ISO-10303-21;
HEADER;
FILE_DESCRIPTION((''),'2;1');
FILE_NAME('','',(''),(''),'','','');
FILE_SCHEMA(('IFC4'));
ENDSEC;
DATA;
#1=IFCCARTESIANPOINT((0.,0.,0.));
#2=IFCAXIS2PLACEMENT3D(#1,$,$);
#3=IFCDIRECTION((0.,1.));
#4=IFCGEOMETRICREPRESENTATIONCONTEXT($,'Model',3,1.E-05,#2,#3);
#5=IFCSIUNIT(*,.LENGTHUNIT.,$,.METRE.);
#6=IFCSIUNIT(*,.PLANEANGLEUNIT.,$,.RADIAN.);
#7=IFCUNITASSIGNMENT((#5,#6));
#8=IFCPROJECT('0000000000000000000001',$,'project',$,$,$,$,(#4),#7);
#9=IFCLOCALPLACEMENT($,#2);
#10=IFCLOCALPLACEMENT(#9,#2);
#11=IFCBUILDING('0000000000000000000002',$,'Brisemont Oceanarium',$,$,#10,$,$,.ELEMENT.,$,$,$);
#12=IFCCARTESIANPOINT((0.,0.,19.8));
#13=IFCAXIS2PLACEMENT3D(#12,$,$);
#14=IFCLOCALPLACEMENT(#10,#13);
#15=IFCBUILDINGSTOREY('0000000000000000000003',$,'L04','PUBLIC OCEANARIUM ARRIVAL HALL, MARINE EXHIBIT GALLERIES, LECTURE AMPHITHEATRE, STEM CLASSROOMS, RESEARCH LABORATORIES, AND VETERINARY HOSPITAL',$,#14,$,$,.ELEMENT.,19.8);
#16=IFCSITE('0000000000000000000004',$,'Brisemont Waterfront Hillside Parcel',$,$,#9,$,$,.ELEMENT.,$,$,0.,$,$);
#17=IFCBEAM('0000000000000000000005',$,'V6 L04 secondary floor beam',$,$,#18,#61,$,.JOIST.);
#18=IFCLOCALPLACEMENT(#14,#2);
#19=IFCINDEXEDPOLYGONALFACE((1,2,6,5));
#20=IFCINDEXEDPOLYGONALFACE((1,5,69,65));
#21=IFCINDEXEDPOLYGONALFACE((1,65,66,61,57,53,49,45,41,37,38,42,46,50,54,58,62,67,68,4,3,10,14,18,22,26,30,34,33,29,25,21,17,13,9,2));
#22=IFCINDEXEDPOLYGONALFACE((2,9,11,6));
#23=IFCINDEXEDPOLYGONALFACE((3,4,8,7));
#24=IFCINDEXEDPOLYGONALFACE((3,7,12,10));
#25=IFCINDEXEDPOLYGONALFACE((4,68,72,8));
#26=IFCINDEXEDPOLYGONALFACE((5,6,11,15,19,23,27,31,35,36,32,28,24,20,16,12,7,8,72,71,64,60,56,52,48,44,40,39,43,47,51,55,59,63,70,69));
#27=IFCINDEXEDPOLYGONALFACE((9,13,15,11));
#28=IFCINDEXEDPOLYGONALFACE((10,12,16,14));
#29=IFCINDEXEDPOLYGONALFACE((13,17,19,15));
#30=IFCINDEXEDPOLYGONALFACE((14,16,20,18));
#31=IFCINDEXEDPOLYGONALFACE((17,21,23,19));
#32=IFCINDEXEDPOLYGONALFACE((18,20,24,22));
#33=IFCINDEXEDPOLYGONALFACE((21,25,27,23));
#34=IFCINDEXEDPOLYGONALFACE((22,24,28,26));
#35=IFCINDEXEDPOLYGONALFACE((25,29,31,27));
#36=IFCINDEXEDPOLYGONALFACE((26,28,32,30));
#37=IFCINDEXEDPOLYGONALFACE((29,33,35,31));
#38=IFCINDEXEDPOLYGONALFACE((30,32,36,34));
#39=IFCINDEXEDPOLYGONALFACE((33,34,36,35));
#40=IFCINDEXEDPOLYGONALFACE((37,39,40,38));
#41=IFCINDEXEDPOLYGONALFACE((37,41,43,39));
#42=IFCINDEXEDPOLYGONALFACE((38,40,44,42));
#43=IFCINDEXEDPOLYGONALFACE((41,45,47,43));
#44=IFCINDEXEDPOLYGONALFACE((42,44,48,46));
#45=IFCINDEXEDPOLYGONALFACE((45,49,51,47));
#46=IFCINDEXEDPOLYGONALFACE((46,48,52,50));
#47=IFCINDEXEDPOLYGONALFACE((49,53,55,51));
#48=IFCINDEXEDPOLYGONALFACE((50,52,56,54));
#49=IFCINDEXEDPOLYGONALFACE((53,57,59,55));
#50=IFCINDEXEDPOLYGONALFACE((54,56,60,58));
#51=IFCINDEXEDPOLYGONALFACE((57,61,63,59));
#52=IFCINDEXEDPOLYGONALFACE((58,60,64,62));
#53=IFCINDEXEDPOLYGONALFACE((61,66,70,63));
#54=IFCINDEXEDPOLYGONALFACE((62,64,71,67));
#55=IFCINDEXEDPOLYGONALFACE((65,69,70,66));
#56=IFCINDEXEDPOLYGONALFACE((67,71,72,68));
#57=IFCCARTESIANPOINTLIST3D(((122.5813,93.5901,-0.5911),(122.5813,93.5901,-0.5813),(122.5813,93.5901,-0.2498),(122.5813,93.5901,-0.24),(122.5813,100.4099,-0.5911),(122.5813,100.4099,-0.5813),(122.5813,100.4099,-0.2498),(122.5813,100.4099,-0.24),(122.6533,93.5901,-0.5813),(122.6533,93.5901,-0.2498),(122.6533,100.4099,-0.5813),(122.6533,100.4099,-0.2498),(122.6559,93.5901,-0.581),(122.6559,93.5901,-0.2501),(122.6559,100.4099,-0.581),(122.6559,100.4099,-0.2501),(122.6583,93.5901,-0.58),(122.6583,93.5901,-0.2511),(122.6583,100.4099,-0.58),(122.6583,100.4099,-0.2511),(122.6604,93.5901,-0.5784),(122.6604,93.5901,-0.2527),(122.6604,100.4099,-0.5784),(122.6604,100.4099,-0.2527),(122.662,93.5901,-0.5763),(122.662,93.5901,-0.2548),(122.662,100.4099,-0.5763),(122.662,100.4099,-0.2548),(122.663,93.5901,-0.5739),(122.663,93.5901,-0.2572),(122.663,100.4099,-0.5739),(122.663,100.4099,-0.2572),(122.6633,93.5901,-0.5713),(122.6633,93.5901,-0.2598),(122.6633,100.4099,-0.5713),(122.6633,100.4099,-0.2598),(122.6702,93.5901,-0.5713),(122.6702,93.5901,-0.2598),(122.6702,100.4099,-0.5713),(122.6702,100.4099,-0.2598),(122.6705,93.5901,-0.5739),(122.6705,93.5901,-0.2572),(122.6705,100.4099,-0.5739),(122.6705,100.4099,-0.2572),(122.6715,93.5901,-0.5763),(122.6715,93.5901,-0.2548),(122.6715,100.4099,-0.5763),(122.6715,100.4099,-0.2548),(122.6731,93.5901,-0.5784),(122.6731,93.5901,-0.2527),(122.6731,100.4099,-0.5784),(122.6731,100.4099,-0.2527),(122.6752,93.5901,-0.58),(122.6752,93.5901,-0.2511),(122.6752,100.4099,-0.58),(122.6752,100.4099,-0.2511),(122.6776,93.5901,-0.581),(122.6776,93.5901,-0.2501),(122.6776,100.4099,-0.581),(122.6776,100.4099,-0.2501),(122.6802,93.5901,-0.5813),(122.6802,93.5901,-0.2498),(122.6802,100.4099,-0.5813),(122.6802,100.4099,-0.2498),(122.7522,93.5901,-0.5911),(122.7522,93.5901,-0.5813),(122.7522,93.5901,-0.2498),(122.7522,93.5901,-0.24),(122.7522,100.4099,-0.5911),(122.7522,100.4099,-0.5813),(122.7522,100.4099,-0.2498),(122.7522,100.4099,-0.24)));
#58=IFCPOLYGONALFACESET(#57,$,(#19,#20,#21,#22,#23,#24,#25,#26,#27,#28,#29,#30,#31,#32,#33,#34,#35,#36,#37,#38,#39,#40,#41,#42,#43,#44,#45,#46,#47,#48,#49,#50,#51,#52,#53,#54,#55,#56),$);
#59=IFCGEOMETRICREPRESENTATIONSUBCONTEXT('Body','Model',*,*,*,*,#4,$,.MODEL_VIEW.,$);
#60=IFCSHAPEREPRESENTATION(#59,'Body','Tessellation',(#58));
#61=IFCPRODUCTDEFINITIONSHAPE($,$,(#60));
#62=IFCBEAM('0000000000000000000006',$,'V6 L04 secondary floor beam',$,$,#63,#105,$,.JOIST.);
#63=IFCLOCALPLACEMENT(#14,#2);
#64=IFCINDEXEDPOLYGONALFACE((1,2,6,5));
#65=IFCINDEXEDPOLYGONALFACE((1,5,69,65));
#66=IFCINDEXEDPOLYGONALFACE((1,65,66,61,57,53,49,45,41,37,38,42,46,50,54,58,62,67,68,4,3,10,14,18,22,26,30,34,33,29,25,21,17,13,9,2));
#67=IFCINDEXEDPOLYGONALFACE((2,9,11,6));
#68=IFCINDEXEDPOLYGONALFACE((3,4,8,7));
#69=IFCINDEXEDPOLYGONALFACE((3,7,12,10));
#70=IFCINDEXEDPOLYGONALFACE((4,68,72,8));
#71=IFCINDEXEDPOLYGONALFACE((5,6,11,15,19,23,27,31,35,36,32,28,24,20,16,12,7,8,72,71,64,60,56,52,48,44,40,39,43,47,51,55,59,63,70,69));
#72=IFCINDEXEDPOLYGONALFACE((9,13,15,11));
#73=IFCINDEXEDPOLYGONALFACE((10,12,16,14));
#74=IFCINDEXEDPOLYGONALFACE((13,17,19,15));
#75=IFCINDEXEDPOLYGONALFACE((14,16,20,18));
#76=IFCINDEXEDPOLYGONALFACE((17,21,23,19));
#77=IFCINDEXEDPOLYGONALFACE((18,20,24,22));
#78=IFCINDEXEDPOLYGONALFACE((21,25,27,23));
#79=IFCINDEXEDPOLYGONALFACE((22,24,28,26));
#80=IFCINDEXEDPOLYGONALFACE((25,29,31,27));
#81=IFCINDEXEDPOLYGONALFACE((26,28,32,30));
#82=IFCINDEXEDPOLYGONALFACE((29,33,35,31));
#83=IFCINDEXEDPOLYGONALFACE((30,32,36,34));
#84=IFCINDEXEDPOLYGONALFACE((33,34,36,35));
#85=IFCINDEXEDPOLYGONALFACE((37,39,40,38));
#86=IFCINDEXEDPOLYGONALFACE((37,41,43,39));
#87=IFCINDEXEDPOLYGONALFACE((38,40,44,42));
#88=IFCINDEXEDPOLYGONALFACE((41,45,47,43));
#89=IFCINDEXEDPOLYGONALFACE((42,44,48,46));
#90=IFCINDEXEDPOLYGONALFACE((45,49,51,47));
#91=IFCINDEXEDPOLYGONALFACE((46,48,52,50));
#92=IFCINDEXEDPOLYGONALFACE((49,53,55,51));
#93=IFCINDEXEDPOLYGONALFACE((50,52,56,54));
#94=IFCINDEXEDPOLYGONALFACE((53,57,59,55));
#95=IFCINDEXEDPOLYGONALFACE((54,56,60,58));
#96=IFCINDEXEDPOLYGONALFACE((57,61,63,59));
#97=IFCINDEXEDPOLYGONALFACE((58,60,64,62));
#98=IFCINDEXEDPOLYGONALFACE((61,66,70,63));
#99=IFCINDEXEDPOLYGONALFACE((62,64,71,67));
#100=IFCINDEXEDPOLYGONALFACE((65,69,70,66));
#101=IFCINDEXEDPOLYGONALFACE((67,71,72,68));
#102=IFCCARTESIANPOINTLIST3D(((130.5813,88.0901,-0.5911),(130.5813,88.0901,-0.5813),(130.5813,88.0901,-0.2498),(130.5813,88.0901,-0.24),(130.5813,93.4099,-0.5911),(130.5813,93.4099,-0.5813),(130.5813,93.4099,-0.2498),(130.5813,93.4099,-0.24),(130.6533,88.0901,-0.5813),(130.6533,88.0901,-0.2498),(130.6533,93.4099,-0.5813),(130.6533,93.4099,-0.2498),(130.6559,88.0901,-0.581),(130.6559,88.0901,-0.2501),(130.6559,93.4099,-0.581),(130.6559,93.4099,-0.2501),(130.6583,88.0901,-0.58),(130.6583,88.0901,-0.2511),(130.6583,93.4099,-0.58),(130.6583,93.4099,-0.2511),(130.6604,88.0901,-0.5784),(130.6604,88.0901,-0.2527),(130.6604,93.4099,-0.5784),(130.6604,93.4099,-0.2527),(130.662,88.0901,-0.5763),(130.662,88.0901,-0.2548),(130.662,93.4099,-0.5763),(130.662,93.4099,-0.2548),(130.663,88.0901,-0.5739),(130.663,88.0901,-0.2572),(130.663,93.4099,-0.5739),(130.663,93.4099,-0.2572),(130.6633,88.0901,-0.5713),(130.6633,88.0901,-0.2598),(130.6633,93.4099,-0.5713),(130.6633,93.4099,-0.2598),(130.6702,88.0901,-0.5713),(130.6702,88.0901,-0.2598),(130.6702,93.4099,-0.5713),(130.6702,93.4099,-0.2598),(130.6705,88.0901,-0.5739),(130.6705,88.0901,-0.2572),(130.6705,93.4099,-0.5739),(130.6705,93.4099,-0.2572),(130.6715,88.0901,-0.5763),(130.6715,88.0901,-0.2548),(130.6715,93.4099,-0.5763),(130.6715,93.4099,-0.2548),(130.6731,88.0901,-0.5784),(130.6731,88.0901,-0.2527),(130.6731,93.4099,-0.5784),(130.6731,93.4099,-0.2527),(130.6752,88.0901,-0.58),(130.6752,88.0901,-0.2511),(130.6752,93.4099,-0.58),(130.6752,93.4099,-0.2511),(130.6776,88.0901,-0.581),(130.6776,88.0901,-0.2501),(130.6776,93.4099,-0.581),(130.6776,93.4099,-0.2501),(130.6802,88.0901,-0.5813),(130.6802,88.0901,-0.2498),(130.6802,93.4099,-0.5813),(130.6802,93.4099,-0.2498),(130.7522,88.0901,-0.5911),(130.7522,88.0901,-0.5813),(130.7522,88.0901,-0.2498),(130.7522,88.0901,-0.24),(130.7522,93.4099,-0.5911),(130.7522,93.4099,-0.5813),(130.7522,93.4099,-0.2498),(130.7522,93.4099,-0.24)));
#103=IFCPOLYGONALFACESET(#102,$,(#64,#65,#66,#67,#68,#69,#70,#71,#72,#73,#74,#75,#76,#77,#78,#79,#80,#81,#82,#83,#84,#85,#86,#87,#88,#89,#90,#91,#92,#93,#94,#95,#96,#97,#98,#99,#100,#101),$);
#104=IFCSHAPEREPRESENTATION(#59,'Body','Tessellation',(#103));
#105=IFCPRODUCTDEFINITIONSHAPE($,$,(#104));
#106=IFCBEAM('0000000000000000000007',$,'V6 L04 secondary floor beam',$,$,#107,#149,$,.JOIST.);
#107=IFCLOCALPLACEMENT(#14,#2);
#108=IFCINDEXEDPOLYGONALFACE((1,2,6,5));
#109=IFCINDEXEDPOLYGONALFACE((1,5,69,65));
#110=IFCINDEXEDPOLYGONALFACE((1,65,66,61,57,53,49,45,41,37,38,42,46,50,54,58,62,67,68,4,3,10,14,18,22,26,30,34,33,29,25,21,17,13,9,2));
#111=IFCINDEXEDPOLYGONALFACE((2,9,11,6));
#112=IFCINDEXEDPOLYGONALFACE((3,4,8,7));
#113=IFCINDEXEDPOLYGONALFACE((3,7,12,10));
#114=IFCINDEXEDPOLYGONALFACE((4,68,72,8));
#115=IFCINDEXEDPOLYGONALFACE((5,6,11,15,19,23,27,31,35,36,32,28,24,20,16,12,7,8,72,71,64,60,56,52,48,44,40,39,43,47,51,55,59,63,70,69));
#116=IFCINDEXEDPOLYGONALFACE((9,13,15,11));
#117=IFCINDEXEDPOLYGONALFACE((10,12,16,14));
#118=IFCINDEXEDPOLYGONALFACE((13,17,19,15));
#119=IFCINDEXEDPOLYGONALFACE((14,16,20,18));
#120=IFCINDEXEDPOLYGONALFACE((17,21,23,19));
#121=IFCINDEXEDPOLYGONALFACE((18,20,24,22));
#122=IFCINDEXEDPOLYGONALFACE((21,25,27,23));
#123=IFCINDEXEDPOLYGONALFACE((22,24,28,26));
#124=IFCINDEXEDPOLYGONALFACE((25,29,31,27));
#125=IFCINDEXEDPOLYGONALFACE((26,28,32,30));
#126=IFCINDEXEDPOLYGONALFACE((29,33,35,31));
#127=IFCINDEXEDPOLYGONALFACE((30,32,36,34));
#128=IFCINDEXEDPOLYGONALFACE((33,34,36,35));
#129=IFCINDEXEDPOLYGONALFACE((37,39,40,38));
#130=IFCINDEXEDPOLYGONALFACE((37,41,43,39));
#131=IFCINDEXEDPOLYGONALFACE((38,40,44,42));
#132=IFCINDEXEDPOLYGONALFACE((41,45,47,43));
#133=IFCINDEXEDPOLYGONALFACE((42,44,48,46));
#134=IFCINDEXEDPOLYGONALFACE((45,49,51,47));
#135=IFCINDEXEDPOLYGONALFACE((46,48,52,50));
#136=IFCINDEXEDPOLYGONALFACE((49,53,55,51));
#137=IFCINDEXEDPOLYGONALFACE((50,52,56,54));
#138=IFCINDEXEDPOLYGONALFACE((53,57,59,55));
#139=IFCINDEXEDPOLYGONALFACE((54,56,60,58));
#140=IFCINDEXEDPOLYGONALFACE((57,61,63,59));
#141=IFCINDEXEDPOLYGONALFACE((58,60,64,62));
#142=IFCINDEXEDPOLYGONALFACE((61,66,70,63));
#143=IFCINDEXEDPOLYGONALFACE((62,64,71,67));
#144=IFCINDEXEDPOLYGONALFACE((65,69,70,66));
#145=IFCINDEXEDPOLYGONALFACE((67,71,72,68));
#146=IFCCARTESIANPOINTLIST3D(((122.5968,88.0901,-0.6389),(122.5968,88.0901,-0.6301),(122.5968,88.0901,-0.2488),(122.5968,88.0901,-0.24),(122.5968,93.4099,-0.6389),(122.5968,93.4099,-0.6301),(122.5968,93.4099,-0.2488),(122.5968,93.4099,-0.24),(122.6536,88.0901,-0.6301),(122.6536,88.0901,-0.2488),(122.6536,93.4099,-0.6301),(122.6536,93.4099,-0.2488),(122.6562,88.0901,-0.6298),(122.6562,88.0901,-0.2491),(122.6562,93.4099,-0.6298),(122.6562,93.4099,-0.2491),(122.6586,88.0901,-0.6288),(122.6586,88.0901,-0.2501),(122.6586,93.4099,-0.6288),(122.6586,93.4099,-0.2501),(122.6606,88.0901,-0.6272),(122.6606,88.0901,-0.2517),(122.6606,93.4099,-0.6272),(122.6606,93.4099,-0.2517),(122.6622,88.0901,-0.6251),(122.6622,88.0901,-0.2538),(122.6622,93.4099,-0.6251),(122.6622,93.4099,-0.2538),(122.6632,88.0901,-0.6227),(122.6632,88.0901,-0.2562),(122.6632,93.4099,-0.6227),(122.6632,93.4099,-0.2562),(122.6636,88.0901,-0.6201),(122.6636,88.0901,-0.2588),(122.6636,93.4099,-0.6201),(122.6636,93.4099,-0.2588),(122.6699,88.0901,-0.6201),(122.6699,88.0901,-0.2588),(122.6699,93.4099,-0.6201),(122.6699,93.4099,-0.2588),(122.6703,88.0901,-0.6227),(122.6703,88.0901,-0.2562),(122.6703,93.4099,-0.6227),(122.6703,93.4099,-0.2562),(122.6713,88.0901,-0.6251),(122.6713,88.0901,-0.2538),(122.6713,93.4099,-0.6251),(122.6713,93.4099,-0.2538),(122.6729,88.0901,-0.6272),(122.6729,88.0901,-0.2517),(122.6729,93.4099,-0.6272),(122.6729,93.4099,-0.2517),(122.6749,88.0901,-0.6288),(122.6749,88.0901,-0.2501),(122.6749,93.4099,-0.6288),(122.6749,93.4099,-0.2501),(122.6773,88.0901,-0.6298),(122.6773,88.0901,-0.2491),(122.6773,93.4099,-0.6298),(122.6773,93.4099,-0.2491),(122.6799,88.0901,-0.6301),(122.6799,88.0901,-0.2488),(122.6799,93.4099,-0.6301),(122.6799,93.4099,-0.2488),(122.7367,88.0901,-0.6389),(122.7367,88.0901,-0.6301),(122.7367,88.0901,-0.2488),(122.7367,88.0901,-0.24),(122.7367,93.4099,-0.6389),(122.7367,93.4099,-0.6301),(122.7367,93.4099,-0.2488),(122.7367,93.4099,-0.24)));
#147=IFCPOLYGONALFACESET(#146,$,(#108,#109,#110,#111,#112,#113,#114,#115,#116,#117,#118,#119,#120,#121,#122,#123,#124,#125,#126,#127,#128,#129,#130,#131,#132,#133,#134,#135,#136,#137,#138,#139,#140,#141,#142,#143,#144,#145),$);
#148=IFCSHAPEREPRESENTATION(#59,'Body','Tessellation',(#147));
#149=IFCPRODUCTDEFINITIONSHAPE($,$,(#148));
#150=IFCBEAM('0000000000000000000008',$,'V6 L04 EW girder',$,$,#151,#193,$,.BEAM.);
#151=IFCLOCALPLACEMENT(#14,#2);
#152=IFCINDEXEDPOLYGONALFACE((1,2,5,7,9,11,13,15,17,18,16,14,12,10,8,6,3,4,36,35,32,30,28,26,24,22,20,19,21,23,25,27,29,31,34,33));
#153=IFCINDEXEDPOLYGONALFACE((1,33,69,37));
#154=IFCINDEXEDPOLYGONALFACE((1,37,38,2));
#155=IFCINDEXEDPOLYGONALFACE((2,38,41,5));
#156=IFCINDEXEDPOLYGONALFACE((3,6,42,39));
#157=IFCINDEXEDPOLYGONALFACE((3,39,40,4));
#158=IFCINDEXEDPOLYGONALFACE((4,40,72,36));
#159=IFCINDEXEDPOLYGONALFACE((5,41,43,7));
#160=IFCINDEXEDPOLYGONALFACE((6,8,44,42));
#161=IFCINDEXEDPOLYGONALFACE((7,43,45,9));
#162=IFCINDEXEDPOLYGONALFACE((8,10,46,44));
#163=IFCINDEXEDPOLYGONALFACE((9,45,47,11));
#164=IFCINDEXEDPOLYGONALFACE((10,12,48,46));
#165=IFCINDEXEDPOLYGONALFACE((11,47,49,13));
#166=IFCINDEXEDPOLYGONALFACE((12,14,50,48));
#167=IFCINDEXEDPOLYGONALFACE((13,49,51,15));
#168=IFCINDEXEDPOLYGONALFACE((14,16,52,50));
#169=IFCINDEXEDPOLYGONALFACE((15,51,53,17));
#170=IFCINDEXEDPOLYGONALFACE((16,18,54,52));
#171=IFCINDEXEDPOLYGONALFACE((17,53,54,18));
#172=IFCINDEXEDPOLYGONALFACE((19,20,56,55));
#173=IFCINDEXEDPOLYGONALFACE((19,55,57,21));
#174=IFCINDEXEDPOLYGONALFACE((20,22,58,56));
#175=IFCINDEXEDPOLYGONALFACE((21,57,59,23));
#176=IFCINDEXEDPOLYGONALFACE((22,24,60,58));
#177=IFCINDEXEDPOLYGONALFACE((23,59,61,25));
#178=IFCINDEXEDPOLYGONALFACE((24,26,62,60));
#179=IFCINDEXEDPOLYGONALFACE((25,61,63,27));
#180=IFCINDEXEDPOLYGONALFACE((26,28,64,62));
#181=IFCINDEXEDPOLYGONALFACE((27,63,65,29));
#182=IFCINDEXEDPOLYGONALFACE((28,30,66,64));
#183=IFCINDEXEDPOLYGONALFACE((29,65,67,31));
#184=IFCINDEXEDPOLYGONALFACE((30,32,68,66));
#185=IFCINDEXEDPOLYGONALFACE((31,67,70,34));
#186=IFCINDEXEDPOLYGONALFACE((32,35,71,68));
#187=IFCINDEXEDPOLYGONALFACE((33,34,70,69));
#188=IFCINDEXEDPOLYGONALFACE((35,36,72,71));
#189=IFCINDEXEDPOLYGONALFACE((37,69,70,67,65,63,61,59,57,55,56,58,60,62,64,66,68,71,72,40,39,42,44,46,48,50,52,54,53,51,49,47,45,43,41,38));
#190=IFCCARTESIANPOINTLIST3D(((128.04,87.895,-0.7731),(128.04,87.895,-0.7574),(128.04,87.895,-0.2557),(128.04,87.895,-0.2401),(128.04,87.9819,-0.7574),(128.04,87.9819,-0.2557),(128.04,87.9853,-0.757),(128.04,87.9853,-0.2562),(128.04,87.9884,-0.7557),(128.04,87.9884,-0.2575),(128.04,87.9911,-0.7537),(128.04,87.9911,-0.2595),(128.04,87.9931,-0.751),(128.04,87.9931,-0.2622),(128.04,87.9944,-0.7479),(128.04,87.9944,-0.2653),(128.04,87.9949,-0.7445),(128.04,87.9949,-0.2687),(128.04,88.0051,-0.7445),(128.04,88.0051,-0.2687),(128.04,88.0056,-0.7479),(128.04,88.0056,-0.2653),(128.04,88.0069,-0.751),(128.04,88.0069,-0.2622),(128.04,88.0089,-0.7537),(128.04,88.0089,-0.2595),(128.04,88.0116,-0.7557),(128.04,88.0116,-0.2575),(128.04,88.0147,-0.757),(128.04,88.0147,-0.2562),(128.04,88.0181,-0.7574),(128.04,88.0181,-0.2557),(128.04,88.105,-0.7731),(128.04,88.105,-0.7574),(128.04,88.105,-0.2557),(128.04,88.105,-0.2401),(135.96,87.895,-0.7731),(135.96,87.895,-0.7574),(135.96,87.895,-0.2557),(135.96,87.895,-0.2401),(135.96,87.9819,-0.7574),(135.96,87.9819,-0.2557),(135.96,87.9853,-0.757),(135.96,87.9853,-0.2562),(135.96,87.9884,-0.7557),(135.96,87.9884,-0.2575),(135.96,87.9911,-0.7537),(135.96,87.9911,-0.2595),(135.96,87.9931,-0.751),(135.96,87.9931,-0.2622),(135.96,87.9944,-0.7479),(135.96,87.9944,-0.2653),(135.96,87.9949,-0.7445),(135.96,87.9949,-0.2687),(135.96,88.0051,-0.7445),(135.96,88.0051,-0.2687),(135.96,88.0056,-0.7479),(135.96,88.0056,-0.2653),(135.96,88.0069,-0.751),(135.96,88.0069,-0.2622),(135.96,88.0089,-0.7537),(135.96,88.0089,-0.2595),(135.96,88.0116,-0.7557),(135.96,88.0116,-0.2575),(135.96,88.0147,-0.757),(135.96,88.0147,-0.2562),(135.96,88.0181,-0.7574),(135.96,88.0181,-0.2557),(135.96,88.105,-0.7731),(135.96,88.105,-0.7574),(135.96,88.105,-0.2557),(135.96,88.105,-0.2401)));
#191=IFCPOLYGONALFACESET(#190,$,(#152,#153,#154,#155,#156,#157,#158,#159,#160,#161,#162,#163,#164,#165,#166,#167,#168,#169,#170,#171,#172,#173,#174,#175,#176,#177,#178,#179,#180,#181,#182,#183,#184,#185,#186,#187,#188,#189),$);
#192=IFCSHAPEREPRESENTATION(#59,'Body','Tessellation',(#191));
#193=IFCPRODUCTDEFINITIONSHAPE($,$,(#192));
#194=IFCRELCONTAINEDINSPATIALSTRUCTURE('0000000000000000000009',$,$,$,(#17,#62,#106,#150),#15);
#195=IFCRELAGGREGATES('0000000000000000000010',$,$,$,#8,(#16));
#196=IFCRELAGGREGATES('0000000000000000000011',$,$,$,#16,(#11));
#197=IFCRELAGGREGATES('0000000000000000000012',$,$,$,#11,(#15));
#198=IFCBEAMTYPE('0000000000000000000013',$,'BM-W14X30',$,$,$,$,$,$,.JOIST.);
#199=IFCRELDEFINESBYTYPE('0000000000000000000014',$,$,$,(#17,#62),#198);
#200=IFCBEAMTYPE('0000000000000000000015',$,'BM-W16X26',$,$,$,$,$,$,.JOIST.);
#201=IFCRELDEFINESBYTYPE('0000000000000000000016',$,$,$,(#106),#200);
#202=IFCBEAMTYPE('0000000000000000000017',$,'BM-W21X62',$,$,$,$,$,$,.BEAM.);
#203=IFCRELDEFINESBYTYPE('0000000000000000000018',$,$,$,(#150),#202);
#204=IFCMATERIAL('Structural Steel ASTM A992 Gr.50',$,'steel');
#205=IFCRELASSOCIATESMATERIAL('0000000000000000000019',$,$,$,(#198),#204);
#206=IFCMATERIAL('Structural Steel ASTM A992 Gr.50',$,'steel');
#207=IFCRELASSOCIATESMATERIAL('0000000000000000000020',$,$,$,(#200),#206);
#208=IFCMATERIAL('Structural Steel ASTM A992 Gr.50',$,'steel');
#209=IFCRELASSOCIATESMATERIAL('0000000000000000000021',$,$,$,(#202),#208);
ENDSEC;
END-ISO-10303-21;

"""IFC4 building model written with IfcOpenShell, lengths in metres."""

from ifc_helpers import new_model, si_unit, direction, frame, origin, origin_2d, place, context, subcontext, project, spatial, i_section, extrude, material, material_profile, profile_set, type_object, element, save


model = new_model("IFC4")

# Units and contexts
model_context = context("Model", 3, precision=1e-05, world=origin(), true_north=direction((0.0, 1.0)))
body_context = subcontext(model_context, "Body", "Model", "MODEL_VIEW")
ifc_project = project(units=[si_unit("LENGTHUNIT", "METRE"), si_unit("PLANEANGLEUNIT", "RADIAN")], contexts=[model_context])

# Site, building, storey
site_placement = place(None, origin())
site = spatial("IfcSite", under=ifc_project, at=site_placement, Name="Brisemont Waterfront Hillside Parcel", CompositionType="ELEMENT", RefElevation=0.0)
building_placement = place(site_placement, origin())
building = spatial("IfcBuilding", under=site, at=building_placement, Name="Brisemont Oceanarium", CompositionType="ELEMENT")
storey_placement = place(building_placement, frame((0.0, 0.0, 19.8)))
storey = spatial("IfcBuildingStorey", under=building, at=storey_placement, Name="L04", Description="PUBLIC OCEANARIUM ARRIVAL HALL, MARINE EXHIBIT GALLERIES, LECTURE AMPHITHEATRE, STEM CLASSROOMS, RESEARCH LABORATORIES, AND VETERINARY HOSPITAL", CompositionType="ELEMENT", Elevation=19.8)

# Beams
ifc_material_1 = material(Name="Structural Steel ASTM A992 Gr.50", Category="steel")
ifc_material_profile_1 = material_profile(ifc_material_1, i_section(OverallWidth=0.1709, OverallDepth=0.3511, WebThickness=0.0068, FlangeThickness=0.0098, FilletRadius=0.01, at=origin_2d()), Name="W14X30")
ifc_profile_set_1 = profile_set([ifc_material_profile_1], Name="Structural Steel ASTM A992 Gr.50")
beam_type_1 = type_object("IfcBeamType", Name="BM-W14X30", PredefinedType="JOIST", material=ifc_profile_set_1)
beam_1_placement = place(storey_placement, frame((122.6667, 93.5901, -0.4155), z_axis=(0.0, 1.0, 0.0), x_axis=(-1.0, 0.0, 0.0)))
element("IfcBeam", 1, at=beam_1_placement, inside=storey, type_object=beam_type_1, Name="V6 L04 secondary floor beam", PredefinedType="JOIST", context=body_context, shape_type="SweptSolid", body=[
    extrude(i_section(OverallWidth=0.1709, OverallDepth=0.3511, WebThickness=0.0068, FlangeThickness=0.0098, FilletRadius=0.01, at=origin_2d()), origin(), (0.0, 0.0, 1.0), 6.8198),
])
beam_2_placement = place(storey_placement, frame((130.6667, 88.0901, -0.4155), z_axis=(0.0, 1.0, 0.0), x_axis=(-1.0, 0.0, 0.0)))
element("IfcBeam", 2, at=beam_2_placement, inside=storey, type_object=beam_type_1, Name="V6 L04 secondary floor beam", PredefinedType="JOIST", context=body_context, shape_type="SweptSolid", body=[
    extrude(i_section(OverallWidth=0.1709, OverallDepth=0.3511, WebThickness=0.0068, FlangeThickness=0.0098, FilletRadius=0.01, at=origin_2d()), origin(), (0.0, 0.0, 1.0), 5.3198),
])
ifc_material_2 = material(Name="Structural Steel ASTM A992 Gr.50", Category="steel")
ifc_material_profile_2 = material_profile(ifc_material_2, i_section(OverallWidth=0.1399, OverallDepth=0.3989, WebThickness=0.0063, FlangeThickness=0.0088, FilletRadius=0.01, at=origin_2d()), Name="W16X26")
ifc_profile_set_2 = profile_set([ifc_material_profile_2], Name="Structural Steel ASTM A992 Gr.50")
beam_type_2 = type_object("IfcBeamType", Name="BM-W16X26", PredefinedType="JOIST", material=ifc_profile_set_2)
beam_3_placement = place(storey_placement, frame((122.6667, 88.0901, -0.4395), z_axis=(0.0, 1.0, 0.0), x_axis=(-1.0, 0.0, 0.0)))
element("IfcBeam", 3, at=beam_3_placement, inside=storey, type_object=beam_type_2, Name="V6 L04 secondary floor beam", PredefinedType="JOIST", context=body_context, shape_type="SweptSolid", body=[
    extrude(i_section(OverallWidth=0.1399, OverallDepth=0.3989, WebThickness=0.0063, FlangeThickness=0.0088, FilletRadius=0.01, at=origin_2d()), origin(), (0.0, 0.0, 1.0), 5.3198),
])
ifc_material_3 = material(Name="Structural Steel ASTM A992 Gr.50", Category="steel")
ifc_material_profile_3 = material_profile(ifc_material_3, i_section(OverallWidth=0.21, OverallDepth=0.533, WebThickness=0.0103, FlangeThickness=0.0156, FilletRadius=0.0129, at=origin_2d()), Name="W21X62")
ifc_profile_set_3 = profile_set([ifc_material_profile_3], Name="Structural Steel ASTM A992 Gr.50")
beam_type_3 = type_object("IfcBeamType", Name="BM-W21X62", PredefinedType="BEAM", material=ifc_profile_set_3)
for number, where, z_axis, x_axis, name in (
    (4, (128.04, 88.0, -0.5066), (1.0, 0.0, 0.0), (0.0, 1.0, 0.0), "V6 L04 EW girder"),
):
    element("IfcBeam", number, at=place(storey_placement, frame(where, z_axis=z_axis, x_axis=x_axis)), inside=storey, type_object=beam_type_3, Name=name, PredefinedType="BEAM", context=body_context, shape_type="SweptSolid", body=[
        extrude(i_section(OverallWidth=0.21, OverallDepth=0.533, WebThickness=0.0103, FlangeThickness=0.0156, FilletRadius=0.0129, at=origin_2d()), origin(), (0.0, 0.0, 1.0), 7.9199),
    ])

save(model, "model.ifc")
